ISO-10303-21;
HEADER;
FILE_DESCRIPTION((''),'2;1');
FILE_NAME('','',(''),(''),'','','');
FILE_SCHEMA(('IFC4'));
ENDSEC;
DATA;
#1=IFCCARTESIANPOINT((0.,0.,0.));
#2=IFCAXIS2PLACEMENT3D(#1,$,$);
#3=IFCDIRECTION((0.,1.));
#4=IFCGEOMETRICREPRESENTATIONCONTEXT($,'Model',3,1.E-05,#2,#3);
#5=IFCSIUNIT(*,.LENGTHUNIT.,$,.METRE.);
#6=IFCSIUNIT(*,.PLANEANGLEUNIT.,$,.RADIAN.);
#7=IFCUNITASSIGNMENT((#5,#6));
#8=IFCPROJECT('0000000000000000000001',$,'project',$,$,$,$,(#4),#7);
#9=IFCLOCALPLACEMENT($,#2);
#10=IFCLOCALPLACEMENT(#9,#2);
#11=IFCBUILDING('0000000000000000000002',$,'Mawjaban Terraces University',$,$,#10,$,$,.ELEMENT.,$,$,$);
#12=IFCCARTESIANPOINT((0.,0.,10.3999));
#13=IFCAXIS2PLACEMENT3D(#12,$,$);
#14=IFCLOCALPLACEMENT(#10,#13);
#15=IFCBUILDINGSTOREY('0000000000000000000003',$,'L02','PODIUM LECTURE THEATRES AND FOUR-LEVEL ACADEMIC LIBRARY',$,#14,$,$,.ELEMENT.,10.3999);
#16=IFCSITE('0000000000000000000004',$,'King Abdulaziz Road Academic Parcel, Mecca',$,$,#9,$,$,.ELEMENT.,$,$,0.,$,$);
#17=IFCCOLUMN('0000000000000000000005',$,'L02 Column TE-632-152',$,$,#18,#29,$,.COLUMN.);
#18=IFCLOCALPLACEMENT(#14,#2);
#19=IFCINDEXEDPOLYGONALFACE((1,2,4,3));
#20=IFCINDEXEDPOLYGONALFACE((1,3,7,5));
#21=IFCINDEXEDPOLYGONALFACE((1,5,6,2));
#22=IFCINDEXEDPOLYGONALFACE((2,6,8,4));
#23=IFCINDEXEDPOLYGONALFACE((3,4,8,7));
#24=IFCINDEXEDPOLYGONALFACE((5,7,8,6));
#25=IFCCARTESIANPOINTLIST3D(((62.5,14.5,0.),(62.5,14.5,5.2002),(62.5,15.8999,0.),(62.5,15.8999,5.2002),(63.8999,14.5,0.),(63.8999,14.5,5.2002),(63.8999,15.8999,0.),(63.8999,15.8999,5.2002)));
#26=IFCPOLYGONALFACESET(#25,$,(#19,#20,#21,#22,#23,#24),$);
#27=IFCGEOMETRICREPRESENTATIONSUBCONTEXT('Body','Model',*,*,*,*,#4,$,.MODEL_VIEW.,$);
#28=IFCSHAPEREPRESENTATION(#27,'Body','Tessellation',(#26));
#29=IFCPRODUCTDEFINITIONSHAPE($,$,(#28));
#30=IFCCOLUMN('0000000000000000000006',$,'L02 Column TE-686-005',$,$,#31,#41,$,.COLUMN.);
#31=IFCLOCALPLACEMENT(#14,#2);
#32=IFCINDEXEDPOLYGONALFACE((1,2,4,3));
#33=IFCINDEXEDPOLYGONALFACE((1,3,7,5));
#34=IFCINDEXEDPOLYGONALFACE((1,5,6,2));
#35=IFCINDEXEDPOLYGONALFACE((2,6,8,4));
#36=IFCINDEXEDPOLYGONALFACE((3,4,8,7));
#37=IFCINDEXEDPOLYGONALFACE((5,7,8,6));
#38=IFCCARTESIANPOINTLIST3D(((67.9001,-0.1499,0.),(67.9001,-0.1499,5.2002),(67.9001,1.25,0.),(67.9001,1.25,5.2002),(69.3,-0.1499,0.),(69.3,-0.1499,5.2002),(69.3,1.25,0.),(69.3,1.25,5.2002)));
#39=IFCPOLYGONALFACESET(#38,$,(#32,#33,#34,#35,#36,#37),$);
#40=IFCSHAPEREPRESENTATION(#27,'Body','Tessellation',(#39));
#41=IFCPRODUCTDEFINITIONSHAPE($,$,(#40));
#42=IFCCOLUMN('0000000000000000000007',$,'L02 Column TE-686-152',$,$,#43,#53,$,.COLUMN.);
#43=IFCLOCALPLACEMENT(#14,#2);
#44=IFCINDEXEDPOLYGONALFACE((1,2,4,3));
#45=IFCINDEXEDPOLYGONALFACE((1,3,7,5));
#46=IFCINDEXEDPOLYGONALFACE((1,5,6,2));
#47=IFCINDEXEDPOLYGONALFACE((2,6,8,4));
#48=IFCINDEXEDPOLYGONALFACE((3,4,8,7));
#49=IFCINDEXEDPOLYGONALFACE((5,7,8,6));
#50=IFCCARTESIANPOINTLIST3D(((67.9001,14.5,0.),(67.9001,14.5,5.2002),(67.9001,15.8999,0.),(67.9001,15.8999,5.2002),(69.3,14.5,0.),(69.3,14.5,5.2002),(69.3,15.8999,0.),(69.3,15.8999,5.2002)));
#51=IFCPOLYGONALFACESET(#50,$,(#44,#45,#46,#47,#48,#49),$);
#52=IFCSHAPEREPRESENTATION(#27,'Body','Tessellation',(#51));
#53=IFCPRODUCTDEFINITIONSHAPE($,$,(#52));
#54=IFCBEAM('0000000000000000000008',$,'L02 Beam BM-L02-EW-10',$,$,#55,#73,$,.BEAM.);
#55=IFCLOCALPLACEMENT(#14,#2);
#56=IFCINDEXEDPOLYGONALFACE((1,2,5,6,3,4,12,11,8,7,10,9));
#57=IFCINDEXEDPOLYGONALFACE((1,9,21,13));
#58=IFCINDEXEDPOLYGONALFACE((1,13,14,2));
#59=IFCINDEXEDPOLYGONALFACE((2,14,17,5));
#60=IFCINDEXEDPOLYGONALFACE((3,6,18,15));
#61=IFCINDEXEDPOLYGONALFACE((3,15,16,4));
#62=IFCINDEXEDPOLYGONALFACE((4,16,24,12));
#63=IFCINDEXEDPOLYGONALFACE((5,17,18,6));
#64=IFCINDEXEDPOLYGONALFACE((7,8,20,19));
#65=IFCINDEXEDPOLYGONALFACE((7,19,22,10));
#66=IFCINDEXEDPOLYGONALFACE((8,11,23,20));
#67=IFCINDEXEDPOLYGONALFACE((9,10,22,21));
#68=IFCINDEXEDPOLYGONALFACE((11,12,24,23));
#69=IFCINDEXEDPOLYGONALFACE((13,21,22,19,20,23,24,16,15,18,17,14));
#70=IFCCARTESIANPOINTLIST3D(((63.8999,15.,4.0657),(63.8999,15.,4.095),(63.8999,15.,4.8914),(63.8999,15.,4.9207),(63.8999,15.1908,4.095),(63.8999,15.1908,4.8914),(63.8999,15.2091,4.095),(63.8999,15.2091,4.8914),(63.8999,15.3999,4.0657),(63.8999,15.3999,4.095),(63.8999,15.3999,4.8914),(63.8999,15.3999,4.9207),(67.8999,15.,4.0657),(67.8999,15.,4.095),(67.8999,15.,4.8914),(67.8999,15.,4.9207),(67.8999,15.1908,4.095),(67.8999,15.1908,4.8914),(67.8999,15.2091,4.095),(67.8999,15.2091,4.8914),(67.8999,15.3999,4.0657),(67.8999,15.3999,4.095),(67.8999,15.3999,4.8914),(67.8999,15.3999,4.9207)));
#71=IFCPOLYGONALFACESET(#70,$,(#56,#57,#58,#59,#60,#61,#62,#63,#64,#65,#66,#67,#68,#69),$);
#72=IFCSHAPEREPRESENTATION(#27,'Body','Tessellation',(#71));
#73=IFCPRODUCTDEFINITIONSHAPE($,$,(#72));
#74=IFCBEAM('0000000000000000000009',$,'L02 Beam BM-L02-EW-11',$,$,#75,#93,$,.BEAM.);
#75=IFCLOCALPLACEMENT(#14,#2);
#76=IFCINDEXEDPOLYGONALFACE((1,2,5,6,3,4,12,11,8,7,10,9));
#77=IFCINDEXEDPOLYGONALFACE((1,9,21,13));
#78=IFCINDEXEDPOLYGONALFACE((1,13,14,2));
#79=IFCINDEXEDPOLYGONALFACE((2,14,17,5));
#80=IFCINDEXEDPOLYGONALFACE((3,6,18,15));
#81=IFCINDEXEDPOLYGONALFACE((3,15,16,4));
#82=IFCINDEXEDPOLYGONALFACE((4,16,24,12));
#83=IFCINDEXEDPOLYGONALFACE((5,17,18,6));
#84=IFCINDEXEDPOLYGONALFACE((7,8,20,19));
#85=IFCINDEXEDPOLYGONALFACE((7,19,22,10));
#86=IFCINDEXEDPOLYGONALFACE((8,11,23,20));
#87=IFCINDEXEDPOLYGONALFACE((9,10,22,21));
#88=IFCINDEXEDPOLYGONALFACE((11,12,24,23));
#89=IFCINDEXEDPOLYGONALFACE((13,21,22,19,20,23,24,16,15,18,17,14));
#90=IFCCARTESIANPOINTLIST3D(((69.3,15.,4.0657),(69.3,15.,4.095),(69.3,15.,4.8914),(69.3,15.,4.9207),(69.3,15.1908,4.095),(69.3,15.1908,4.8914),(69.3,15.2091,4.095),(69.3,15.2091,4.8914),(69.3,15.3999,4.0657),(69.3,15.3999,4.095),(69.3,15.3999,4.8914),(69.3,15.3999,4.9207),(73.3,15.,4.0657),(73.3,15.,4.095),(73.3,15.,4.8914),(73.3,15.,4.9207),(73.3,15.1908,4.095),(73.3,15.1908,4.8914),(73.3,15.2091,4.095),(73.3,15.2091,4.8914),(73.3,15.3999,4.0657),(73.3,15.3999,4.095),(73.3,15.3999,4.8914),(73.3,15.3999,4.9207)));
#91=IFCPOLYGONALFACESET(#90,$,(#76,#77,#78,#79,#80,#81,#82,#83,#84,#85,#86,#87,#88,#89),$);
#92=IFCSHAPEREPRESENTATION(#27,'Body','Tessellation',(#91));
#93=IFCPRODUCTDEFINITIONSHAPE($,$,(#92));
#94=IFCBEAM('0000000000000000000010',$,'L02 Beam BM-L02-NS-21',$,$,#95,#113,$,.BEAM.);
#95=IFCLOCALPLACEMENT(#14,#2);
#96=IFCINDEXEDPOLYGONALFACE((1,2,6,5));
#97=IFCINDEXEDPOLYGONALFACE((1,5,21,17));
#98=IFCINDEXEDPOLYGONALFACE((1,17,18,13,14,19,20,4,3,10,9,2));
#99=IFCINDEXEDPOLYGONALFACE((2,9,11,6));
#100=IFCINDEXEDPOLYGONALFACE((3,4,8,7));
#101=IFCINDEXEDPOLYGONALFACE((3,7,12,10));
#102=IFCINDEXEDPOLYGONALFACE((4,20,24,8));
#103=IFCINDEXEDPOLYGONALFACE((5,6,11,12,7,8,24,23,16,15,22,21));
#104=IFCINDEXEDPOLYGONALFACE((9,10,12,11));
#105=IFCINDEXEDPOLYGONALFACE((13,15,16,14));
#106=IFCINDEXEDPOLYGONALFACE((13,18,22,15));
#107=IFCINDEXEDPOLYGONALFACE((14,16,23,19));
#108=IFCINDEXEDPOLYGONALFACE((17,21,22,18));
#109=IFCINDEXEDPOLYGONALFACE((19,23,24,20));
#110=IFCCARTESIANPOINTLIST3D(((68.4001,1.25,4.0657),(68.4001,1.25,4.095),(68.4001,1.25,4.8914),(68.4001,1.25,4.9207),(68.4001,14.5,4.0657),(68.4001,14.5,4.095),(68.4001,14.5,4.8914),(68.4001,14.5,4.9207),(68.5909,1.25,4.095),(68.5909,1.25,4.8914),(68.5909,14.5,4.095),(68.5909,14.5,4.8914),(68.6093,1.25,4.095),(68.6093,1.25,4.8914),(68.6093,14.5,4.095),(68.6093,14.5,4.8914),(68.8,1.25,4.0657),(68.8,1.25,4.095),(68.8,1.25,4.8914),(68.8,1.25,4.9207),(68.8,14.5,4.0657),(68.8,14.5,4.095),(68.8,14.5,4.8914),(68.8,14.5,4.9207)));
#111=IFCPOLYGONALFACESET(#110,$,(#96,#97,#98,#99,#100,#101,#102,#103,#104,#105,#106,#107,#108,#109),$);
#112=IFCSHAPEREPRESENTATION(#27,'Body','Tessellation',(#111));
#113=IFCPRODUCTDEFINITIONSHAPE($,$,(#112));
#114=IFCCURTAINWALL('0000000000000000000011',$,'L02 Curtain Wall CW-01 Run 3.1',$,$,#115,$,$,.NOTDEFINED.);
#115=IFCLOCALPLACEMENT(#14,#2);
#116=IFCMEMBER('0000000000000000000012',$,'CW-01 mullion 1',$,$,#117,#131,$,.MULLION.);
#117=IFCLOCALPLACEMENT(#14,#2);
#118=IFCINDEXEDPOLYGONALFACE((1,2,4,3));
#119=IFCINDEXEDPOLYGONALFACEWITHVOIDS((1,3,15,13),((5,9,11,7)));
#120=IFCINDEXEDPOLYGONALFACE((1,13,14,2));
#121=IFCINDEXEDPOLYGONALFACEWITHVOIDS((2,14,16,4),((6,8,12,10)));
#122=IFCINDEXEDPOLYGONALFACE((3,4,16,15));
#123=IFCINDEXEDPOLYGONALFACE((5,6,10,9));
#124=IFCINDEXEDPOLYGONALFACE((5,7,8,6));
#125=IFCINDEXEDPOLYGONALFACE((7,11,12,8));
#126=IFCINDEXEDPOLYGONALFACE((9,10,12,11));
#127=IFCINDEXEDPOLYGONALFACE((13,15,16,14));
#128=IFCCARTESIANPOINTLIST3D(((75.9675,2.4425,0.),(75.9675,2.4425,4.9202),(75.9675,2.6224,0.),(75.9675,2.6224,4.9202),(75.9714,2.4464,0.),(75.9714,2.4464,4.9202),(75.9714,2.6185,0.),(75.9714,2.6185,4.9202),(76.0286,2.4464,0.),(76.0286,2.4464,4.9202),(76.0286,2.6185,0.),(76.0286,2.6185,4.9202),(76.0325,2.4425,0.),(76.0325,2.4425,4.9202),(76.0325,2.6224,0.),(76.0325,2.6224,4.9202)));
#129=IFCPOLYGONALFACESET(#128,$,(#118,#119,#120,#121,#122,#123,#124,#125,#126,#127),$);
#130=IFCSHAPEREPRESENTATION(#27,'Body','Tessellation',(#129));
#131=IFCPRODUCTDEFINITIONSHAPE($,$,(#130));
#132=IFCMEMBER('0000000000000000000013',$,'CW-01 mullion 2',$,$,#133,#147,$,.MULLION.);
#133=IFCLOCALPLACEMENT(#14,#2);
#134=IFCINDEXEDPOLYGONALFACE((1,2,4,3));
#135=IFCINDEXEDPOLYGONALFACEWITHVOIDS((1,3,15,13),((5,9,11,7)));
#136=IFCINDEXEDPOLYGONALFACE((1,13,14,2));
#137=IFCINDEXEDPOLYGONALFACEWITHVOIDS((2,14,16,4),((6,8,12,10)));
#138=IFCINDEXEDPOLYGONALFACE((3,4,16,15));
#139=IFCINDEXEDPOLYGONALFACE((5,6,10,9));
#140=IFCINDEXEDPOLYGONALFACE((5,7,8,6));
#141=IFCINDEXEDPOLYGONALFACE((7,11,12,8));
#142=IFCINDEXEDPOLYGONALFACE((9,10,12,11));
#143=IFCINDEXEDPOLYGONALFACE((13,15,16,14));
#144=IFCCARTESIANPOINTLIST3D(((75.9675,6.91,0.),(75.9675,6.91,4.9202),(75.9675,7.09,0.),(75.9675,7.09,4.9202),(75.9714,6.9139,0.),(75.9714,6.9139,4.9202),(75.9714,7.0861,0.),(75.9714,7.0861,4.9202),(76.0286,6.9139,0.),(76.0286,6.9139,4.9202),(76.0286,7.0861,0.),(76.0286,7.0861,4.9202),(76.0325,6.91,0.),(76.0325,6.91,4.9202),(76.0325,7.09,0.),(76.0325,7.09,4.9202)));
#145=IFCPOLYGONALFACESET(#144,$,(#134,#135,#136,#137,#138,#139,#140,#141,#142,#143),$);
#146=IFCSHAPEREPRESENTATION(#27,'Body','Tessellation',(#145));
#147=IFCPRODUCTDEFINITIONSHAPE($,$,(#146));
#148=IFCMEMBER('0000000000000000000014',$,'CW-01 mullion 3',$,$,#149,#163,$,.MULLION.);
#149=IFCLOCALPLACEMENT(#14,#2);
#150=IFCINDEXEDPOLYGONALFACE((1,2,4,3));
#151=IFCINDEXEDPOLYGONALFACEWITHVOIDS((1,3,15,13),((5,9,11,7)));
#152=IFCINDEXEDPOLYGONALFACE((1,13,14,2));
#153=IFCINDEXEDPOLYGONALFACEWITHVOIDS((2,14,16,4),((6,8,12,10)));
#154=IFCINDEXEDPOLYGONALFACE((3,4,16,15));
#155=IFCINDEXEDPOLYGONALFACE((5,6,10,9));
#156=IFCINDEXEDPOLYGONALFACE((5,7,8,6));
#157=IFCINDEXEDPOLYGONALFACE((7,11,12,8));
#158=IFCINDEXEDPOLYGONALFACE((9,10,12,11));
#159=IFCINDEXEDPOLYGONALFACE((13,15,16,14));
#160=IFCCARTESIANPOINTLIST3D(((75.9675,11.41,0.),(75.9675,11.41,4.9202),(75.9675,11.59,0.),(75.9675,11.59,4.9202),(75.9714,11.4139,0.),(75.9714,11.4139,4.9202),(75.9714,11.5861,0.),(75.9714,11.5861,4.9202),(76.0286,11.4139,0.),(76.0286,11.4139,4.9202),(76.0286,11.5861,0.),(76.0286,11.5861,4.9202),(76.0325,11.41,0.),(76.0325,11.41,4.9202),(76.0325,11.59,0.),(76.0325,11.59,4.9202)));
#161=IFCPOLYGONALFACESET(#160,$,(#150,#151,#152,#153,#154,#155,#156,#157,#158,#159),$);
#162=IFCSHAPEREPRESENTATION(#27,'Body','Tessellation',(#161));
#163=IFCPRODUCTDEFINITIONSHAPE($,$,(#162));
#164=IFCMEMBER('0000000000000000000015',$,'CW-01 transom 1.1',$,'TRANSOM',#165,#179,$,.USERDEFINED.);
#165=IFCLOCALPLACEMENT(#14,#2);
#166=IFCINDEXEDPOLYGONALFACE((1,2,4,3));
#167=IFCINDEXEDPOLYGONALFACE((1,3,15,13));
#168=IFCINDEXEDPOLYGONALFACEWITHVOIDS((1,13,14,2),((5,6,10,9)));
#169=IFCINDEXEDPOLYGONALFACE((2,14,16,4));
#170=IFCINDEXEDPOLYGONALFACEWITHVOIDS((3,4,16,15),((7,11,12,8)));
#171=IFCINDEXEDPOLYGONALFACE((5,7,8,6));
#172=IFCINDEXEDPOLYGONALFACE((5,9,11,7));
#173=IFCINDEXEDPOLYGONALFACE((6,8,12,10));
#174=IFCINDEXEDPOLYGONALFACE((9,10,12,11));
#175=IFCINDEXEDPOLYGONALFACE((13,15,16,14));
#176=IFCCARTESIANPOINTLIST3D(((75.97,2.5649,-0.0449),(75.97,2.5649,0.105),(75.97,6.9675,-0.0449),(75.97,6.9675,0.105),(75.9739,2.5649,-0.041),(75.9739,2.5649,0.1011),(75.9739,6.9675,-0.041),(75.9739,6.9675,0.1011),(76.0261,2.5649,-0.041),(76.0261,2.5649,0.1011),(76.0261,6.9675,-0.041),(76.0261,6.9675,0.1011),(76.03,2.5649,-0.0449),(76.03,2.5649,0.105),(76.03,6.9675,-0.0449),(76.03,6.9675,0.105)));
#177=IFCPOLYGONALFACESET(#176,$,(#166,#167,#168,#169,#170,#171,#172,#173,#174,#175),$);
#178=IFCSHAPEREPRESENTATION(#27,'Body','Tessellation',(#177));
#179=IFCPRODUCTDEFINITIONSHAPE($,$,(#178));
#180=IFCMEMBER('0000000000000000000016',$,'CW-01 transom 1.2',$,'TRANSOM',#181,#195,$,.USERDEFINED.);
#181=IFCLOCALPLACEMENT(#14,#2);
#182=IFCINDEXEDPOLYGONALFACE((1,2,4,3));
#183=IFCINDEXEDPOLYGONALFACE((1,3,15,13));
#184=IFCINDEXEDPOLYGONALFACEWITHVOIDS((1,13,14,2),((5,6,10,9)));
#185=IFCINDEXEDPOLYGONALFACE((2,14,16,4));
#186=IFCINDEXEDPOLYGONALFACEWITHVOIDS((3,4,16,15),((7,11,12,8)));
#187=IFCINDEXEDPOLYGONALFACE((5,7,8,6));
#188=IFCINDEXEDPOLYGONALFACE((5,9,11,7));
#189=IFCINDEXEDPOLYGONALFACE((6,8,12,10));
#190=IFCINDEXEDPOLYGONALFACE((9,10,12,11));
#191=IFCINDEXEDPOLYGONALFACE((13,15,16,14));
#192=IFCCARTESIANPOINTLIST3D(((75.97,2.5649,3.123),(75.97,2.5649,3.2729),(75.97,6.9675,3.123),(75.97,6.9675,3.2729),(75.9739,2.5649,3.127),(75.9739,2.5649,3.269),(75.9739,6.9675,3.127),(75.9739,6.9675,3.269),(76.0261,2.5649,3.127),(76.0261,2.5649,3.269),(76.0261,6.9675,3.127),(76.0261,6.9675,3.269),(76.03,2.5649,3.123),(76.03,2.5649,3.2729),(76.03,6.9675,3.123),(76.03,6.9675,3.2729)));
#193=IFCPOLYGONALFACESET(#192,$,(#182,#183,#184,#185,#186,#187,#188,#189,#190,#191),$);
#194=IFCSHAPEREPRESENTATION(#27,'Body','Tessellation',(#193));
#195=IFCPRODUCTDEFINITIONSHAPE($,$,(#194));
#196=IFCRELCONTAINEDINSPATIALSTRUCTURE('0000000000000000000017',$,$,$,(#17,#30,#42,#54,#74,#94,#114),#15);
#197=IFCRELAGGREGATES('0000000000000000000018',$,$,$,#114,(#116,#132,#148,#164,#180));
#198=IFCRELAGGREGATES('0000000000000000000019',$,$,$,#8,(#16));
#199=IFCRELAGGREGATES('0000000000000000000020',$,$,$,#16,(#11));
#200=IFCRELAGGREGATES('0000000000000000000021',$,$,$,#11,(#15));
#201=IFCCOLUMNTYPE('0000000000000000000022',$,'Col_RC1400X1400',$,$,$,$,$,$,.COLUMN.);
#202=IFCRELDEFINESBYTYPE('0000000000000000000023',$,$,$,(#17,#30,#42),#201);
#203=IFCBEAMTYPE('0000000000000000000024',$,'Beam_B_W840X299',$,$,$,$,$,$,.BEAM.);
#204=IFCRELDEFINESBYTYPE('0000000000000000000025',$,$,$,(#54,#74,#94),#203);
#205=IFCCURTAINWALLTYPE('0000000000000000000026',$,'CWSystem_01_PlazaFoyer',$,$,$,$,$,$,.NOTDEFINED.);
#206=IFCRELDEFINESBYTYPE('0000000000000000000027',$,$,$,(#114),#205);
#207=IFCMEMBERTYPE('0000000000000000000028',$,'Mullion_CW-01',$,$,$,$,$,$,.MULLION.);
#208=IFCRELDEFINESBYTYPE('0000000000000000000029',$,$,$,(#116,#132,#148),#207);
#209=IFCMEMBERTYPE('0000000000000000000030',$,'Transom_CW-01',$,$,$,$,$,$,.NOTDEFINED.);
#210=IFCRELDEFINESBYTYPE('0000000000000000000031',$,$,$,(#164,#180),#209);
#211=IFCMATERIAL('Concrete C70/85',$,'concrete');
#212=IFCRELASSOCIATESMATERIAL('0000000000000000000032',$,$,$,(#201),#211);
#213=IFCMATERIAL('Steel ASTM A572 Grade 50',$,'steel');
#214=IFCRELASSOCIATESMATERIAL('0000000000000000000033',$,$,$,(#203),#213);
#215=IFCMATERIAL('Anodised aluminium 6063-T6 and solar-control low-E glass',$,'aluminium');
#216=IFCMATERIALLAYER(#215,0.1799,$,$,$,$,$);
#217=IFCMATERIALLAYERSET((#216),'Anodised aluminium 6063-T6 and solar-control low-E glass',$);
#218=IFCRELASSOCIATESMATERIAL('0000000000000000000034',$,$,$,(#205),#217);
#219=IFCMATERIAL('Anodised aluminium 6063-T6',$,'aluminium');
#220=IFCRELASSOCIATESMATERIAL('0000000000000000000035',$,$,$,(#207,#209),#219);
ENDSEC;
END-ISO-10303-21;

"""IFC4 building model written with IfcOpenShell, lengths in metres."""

from ifc_helpers import new_model, si_unit, direction, frame, origin, origin_2d, place, context, subcontext, project, spatial, rectangle, hollow_rectangle, i_section, extrude, material, layer, layer_set, material_profile, profile_set, type_object, element, aggregate, save


model = new_model("IFC4")

# Units and contexts
model_context = context("Model", 3, precision=1e-05, world=origin(), true_north=direction((0.0, 1.0)))
body_context = subcontext(model_context, "Body", "Model", "MODEL_VIEW")
ifc_project = project(units=[si_unit("LENGTHUNIT", "METRE"), si_unit("PLANEANGLEUNIT", "RADIAN")], contexts=[model_context])

# Site, building, storey
site_placement = place(None, origin())
site = spatial("IfcSite", under=ifc_project, at=site_placement, Name="King Abdulaziz Road Academic Parcel, Mecca", CompositionType="ELEMENT", RefElevation=0.0)
building_placement = place(site_placement, origin())
building = spatial("IfcBuilding", under=site, at=building_placement, Name="Mawjaban Terraces University", CompositionType="ELEMENT")
storey_placement = place(building_placement, frame((0.0, 0.0, 10.3999)))
storey = spatial("IfcBuildingStorey", under=building, at=storey_placement, Name="L02", Description="PODIUM LECTURE THEATRES AND FOUR-LEVEL ACADEMIC LIBRARY", CompositionType="ELEMENT", Elevation=10.3999)

# Columns
ifc_material_1 = material(Name="Concrete C70/85", Category="concrete")
ifc_material_profile_1 = material_profile(ifc_material_1, rectangle(XDim=1.3999, YDim=1.3999, at=origin_2d()), Name="RC1400X1400")
ifc_profile_set_1 = profile_set([ifc_material_profile_1], Name="Concrete C70/85")
column_type = type_object("IfcColumnType", Name="Col_RC1400X1400", PredefinedType="COLUMN", material=ifc_profile_set_1)
for number, where, z_axis, x_axis, name in (
    (1, (63.2, 15.2, 0.0), (0.0, 0.0, 1.0), (1.0, 0.0, 0.0), "L02 Column TE-632-152"),
    (2, (68.6001, 0.55, 0.0), (0.0, 0.0, 1.0), (1.0, 0.0, 0.0), "L02 Column TE-686-005"),
    (3, (68.6001, 15.2, 0.0), (0.0, 0.0, 1.0), (1.0, 0.0, 0.0), "L02 Column TE-686-152"),
):
    element("IfcColumn", number, at=place(storey_placement, frame(where, z_axis=z_axis, x_axis=x_axis)), inside=storey, type_object=column_type, Name=name, PredefinedType="COLUMN", context=body_context, shape_type="SweptSolid", body=[
        extrude(rectangle(XDim=1.3999, YDim=1.3999, at=origin_2d()), origin(), (0.0, 0.0, 1.0), 5.2002),
    ])

# Beams
ifc_material_2 = material(Name="Steel ASTM A572 Grade 50", Category="steel")
ifc_material_profile_2 = material_profile(ifc_material_2, i_section(OverallWidth=0.3999, OverallDepth=0.855, WebThickness=0.0183, FlangeThickness=0.0293, at=origin_2d()), Name="W840X299")
ifc_profile_set_2 = profile_set([ifc_material_profile_2], Name="Steel ASTM A572 Grade 50")
beam_type = type_object("IfcBeamType", Name="Beam_B_W840X299", PredefinedType="BEAM", material=ifc_profile_set_2)
for number, where, z_axis, x_axis, name in (
    (4, (63.8999, 15.2, 4.4932), (1.0, 0.0, 0.0), (0.0, 1.0, 0.0), "L02 Beam BM-L02-EW-10"),
    (5, (69.3, 15.2, 4.4932), (1.0, 0.0, 0.0), (0.0, 1.0, 0.0), "L02 Beam BM-L02-EW-11"),
):
    element("IfcBeam", number, at=place(storey_placement, frame(where, z_axis=z_axis, x_axis=x_axis)), inside=storey, type_object=beam_type, Name=name, PredefinedType="BEAM", context=body_context, shape_type="SweptSolid", body=[
        extrude(i_section(OverallWidth=0.3999, OverallDepth=0.855, WebThickness=0.0183, FlangeThickness=0.0293, at=origin_2d()), origin(), (0.0, 0.0, 1.0), 4.0),
    ])
beam_placement = place(storey_placement, frame((68.6001, 1.25, 4.4932), z_axis=(0.0, 1.0, 0.0), x_axis=(-1.0, 0.0, 0.0)))
element("IfcBeam", 6, at=beam_placement, inside=storey, type_object=beam_type, Name="L02 Beam BM-L02-NS-21", PredefinedType="BEAM", context=body_context, shape_type="SweptSolid", body=[
    extrude(i_section(OverallWidth=0.3999, OverallDepth=0.855, WebThickness=0.0183, FlangeThickness=0.0293, at=origin_2d()), origin(), (0.0, 0.0, 1.0), 13.25),
])

# Curtain wall, members
ifc_material_3 = material(Name="Anodised aluminium 6063-T6 and solar-control low-E glass", Category="aluminium")
ifc_layer_1 = layer(ifc_material_3, 0.1799)
ifc_layer_set_1 = layer_set([ifc_layer_1], Name="Anodised aluminium 6063-T6 and solar-control low-E glass")
curtain_wall_type = type_object("IfcCurtainWallType", Name="CWSystem_01_PlazaFoyer", PredefinedType="NOTDEFINED", material=ifc_layer_set_1)
curtain_wall_placement = place(storey_placement, origin())
curtain_wall = element("IfcCurtainWall", 7, at=curtain_wall_placement, inside=storey, type_object=curtain_wall_type, Name="L02 Curtain Wall CW-01 Run 3.1", PredefinedType="NOTDEFINED")
ifc_material_4 = material(Name="Anodised aluminium 6063-T6", Category="aluminium")
ifc_material_profile_3 = material_profile(ifc_material_4, hollow_rectangle(XDim=0.0649, YDim=0.1799, WallThickness=0.0039, at=origin_2d()), Name="ALU180X65X4")
ifc_profile_set_3 = profile_set([ifc_material_profile_3], Name="Anodised aluminium 6063-T6")
member_type_1 = type_object("IfcMemberType", Name="Mullion_CW-01", PredefinedType="MULLION", material=ifc_profile_set_3)
member_1_placement = place(storey_placement, frame((76.0, 2.5325, 0.0), z_axis=(0.0, 0.0, 1.0), x_axis=(-1.0, 0.0, 0.0)))
member_1 = element("IfcMember", 8, at=member_1_placement, type_object=member_type_1, Name="CW-01 mullion 1", PredefinedType="MULLION", context=body_context, shape_type="SweptSolid", body=[
    extrude(hollow_rectangle(XDim=0.0649, YDim=0.1799, WallThickness=0.0039, at=origin_2d()), origin(), (0.0, 0.0, 1.0), 4.9202),
])
member_2_placement = place(storey_placement, frame((76.0, 7.0, 0.0), z_axis=(0.0, 0.0, 1.0), x_axis=(-1.0, 0.0, 0.0)))
member_2 = element("IfcMember", 9, at=member_2_placement, type_object=member_type_1, Name="CW-01 mullion 2", PredefinedType="MULLION", context=body_context, shape_type="SweptSolid", body=[
    extrude(hollow_rectangle(XDim=0.0649, YDim=0.1799, WallThickness=0.0039, at=origin_2d()), origin(), (0.0, 0.0, 1.0), 4.9202),
])
member_3_placement = place(storey_placement, frame((76.0, 11.5, 0.0), z_axis=(0.0, 0.0, 1.0), x_axis=(-1.0, 0.0, 0.0)))
member_3 = element("IfcMember", 10, at=member_3_placement, type_object=member_type_1, Name="CW-01 mullion 3", PredefinedType="MULLION", context=body_context, shape_type="SweptSolid", body=[
    extrude(hollow_rectangle(XDim=0.0649, YDim=0.1799, WallThickness=0.0039, at=origin_2d()), origin(), (0.0, 0.0, 1.0), 4.9202),
])
ifc_material_profile_4 = material_profile(ifc_material_4, hollow_rectangle(XDim=0.0601, YDim=0.1499, WallThickness=0.0039, at=origin_2d()), Name="ALU150X60X4")
ifc_profile_set_4 = profile_set([ifc_material_profile_4], Name="Anodised aluminium 6063-T6")
member_type_2 = type_object("IfcMemberType", Name="Transom_CW-01", PredefinedType="NOTDEFINED", material=ifc_profile_set_4)
member_4_placement = place(storey_placement, frame((76.0, 2.5649, 0.03), z_axis=(0.0, 1.0, 0.0), x_axis=(-1.0, 0.0, 0.0)))
member_4 = element("IfcMember", 11, at=member_4_placement, type_object=member_type_2, Name="CW-01 transom 1.1", ObjectType="TRANSOM", PredefinedType="USERDEFINED", context=body_context, shape_type="SweptSolid", body=[
    extrude(hollow_rectangle(XDim=0.0601, YDim=0.1499, WallThickness=0.0039, at=origin_2d()), origin(), (0.0, 0.0, 1.0), 4.4026),
])
member_5_placement = place(storey_placement, frame((76.0, 2.5649, 3.198), z_axis=(0.0, 1.0, 0.0), x_axis=(-1.0, 0.0, 0.0)))
member_5 = element("IfcMember", 12, at=member_5_placement, type_object=member_type_2, Name="CW-01 transom 1.2", ObjectType="TRANSOM", PredefinedType="USERDEFINED", context=body_context, shape_type="SweptSolid", body=[
    extrude(hollow_rectangle(XDim=0.0601, YDim=0.1499, WallThickness=0.0039, at=origin_2d()), origin(), (0.0, 0.0, 1.0), 4.4026),
])
aggregate(curtain_wall, [member_1, member_2, member_3, member_4, member_5])

save(model, "model.ifc")
